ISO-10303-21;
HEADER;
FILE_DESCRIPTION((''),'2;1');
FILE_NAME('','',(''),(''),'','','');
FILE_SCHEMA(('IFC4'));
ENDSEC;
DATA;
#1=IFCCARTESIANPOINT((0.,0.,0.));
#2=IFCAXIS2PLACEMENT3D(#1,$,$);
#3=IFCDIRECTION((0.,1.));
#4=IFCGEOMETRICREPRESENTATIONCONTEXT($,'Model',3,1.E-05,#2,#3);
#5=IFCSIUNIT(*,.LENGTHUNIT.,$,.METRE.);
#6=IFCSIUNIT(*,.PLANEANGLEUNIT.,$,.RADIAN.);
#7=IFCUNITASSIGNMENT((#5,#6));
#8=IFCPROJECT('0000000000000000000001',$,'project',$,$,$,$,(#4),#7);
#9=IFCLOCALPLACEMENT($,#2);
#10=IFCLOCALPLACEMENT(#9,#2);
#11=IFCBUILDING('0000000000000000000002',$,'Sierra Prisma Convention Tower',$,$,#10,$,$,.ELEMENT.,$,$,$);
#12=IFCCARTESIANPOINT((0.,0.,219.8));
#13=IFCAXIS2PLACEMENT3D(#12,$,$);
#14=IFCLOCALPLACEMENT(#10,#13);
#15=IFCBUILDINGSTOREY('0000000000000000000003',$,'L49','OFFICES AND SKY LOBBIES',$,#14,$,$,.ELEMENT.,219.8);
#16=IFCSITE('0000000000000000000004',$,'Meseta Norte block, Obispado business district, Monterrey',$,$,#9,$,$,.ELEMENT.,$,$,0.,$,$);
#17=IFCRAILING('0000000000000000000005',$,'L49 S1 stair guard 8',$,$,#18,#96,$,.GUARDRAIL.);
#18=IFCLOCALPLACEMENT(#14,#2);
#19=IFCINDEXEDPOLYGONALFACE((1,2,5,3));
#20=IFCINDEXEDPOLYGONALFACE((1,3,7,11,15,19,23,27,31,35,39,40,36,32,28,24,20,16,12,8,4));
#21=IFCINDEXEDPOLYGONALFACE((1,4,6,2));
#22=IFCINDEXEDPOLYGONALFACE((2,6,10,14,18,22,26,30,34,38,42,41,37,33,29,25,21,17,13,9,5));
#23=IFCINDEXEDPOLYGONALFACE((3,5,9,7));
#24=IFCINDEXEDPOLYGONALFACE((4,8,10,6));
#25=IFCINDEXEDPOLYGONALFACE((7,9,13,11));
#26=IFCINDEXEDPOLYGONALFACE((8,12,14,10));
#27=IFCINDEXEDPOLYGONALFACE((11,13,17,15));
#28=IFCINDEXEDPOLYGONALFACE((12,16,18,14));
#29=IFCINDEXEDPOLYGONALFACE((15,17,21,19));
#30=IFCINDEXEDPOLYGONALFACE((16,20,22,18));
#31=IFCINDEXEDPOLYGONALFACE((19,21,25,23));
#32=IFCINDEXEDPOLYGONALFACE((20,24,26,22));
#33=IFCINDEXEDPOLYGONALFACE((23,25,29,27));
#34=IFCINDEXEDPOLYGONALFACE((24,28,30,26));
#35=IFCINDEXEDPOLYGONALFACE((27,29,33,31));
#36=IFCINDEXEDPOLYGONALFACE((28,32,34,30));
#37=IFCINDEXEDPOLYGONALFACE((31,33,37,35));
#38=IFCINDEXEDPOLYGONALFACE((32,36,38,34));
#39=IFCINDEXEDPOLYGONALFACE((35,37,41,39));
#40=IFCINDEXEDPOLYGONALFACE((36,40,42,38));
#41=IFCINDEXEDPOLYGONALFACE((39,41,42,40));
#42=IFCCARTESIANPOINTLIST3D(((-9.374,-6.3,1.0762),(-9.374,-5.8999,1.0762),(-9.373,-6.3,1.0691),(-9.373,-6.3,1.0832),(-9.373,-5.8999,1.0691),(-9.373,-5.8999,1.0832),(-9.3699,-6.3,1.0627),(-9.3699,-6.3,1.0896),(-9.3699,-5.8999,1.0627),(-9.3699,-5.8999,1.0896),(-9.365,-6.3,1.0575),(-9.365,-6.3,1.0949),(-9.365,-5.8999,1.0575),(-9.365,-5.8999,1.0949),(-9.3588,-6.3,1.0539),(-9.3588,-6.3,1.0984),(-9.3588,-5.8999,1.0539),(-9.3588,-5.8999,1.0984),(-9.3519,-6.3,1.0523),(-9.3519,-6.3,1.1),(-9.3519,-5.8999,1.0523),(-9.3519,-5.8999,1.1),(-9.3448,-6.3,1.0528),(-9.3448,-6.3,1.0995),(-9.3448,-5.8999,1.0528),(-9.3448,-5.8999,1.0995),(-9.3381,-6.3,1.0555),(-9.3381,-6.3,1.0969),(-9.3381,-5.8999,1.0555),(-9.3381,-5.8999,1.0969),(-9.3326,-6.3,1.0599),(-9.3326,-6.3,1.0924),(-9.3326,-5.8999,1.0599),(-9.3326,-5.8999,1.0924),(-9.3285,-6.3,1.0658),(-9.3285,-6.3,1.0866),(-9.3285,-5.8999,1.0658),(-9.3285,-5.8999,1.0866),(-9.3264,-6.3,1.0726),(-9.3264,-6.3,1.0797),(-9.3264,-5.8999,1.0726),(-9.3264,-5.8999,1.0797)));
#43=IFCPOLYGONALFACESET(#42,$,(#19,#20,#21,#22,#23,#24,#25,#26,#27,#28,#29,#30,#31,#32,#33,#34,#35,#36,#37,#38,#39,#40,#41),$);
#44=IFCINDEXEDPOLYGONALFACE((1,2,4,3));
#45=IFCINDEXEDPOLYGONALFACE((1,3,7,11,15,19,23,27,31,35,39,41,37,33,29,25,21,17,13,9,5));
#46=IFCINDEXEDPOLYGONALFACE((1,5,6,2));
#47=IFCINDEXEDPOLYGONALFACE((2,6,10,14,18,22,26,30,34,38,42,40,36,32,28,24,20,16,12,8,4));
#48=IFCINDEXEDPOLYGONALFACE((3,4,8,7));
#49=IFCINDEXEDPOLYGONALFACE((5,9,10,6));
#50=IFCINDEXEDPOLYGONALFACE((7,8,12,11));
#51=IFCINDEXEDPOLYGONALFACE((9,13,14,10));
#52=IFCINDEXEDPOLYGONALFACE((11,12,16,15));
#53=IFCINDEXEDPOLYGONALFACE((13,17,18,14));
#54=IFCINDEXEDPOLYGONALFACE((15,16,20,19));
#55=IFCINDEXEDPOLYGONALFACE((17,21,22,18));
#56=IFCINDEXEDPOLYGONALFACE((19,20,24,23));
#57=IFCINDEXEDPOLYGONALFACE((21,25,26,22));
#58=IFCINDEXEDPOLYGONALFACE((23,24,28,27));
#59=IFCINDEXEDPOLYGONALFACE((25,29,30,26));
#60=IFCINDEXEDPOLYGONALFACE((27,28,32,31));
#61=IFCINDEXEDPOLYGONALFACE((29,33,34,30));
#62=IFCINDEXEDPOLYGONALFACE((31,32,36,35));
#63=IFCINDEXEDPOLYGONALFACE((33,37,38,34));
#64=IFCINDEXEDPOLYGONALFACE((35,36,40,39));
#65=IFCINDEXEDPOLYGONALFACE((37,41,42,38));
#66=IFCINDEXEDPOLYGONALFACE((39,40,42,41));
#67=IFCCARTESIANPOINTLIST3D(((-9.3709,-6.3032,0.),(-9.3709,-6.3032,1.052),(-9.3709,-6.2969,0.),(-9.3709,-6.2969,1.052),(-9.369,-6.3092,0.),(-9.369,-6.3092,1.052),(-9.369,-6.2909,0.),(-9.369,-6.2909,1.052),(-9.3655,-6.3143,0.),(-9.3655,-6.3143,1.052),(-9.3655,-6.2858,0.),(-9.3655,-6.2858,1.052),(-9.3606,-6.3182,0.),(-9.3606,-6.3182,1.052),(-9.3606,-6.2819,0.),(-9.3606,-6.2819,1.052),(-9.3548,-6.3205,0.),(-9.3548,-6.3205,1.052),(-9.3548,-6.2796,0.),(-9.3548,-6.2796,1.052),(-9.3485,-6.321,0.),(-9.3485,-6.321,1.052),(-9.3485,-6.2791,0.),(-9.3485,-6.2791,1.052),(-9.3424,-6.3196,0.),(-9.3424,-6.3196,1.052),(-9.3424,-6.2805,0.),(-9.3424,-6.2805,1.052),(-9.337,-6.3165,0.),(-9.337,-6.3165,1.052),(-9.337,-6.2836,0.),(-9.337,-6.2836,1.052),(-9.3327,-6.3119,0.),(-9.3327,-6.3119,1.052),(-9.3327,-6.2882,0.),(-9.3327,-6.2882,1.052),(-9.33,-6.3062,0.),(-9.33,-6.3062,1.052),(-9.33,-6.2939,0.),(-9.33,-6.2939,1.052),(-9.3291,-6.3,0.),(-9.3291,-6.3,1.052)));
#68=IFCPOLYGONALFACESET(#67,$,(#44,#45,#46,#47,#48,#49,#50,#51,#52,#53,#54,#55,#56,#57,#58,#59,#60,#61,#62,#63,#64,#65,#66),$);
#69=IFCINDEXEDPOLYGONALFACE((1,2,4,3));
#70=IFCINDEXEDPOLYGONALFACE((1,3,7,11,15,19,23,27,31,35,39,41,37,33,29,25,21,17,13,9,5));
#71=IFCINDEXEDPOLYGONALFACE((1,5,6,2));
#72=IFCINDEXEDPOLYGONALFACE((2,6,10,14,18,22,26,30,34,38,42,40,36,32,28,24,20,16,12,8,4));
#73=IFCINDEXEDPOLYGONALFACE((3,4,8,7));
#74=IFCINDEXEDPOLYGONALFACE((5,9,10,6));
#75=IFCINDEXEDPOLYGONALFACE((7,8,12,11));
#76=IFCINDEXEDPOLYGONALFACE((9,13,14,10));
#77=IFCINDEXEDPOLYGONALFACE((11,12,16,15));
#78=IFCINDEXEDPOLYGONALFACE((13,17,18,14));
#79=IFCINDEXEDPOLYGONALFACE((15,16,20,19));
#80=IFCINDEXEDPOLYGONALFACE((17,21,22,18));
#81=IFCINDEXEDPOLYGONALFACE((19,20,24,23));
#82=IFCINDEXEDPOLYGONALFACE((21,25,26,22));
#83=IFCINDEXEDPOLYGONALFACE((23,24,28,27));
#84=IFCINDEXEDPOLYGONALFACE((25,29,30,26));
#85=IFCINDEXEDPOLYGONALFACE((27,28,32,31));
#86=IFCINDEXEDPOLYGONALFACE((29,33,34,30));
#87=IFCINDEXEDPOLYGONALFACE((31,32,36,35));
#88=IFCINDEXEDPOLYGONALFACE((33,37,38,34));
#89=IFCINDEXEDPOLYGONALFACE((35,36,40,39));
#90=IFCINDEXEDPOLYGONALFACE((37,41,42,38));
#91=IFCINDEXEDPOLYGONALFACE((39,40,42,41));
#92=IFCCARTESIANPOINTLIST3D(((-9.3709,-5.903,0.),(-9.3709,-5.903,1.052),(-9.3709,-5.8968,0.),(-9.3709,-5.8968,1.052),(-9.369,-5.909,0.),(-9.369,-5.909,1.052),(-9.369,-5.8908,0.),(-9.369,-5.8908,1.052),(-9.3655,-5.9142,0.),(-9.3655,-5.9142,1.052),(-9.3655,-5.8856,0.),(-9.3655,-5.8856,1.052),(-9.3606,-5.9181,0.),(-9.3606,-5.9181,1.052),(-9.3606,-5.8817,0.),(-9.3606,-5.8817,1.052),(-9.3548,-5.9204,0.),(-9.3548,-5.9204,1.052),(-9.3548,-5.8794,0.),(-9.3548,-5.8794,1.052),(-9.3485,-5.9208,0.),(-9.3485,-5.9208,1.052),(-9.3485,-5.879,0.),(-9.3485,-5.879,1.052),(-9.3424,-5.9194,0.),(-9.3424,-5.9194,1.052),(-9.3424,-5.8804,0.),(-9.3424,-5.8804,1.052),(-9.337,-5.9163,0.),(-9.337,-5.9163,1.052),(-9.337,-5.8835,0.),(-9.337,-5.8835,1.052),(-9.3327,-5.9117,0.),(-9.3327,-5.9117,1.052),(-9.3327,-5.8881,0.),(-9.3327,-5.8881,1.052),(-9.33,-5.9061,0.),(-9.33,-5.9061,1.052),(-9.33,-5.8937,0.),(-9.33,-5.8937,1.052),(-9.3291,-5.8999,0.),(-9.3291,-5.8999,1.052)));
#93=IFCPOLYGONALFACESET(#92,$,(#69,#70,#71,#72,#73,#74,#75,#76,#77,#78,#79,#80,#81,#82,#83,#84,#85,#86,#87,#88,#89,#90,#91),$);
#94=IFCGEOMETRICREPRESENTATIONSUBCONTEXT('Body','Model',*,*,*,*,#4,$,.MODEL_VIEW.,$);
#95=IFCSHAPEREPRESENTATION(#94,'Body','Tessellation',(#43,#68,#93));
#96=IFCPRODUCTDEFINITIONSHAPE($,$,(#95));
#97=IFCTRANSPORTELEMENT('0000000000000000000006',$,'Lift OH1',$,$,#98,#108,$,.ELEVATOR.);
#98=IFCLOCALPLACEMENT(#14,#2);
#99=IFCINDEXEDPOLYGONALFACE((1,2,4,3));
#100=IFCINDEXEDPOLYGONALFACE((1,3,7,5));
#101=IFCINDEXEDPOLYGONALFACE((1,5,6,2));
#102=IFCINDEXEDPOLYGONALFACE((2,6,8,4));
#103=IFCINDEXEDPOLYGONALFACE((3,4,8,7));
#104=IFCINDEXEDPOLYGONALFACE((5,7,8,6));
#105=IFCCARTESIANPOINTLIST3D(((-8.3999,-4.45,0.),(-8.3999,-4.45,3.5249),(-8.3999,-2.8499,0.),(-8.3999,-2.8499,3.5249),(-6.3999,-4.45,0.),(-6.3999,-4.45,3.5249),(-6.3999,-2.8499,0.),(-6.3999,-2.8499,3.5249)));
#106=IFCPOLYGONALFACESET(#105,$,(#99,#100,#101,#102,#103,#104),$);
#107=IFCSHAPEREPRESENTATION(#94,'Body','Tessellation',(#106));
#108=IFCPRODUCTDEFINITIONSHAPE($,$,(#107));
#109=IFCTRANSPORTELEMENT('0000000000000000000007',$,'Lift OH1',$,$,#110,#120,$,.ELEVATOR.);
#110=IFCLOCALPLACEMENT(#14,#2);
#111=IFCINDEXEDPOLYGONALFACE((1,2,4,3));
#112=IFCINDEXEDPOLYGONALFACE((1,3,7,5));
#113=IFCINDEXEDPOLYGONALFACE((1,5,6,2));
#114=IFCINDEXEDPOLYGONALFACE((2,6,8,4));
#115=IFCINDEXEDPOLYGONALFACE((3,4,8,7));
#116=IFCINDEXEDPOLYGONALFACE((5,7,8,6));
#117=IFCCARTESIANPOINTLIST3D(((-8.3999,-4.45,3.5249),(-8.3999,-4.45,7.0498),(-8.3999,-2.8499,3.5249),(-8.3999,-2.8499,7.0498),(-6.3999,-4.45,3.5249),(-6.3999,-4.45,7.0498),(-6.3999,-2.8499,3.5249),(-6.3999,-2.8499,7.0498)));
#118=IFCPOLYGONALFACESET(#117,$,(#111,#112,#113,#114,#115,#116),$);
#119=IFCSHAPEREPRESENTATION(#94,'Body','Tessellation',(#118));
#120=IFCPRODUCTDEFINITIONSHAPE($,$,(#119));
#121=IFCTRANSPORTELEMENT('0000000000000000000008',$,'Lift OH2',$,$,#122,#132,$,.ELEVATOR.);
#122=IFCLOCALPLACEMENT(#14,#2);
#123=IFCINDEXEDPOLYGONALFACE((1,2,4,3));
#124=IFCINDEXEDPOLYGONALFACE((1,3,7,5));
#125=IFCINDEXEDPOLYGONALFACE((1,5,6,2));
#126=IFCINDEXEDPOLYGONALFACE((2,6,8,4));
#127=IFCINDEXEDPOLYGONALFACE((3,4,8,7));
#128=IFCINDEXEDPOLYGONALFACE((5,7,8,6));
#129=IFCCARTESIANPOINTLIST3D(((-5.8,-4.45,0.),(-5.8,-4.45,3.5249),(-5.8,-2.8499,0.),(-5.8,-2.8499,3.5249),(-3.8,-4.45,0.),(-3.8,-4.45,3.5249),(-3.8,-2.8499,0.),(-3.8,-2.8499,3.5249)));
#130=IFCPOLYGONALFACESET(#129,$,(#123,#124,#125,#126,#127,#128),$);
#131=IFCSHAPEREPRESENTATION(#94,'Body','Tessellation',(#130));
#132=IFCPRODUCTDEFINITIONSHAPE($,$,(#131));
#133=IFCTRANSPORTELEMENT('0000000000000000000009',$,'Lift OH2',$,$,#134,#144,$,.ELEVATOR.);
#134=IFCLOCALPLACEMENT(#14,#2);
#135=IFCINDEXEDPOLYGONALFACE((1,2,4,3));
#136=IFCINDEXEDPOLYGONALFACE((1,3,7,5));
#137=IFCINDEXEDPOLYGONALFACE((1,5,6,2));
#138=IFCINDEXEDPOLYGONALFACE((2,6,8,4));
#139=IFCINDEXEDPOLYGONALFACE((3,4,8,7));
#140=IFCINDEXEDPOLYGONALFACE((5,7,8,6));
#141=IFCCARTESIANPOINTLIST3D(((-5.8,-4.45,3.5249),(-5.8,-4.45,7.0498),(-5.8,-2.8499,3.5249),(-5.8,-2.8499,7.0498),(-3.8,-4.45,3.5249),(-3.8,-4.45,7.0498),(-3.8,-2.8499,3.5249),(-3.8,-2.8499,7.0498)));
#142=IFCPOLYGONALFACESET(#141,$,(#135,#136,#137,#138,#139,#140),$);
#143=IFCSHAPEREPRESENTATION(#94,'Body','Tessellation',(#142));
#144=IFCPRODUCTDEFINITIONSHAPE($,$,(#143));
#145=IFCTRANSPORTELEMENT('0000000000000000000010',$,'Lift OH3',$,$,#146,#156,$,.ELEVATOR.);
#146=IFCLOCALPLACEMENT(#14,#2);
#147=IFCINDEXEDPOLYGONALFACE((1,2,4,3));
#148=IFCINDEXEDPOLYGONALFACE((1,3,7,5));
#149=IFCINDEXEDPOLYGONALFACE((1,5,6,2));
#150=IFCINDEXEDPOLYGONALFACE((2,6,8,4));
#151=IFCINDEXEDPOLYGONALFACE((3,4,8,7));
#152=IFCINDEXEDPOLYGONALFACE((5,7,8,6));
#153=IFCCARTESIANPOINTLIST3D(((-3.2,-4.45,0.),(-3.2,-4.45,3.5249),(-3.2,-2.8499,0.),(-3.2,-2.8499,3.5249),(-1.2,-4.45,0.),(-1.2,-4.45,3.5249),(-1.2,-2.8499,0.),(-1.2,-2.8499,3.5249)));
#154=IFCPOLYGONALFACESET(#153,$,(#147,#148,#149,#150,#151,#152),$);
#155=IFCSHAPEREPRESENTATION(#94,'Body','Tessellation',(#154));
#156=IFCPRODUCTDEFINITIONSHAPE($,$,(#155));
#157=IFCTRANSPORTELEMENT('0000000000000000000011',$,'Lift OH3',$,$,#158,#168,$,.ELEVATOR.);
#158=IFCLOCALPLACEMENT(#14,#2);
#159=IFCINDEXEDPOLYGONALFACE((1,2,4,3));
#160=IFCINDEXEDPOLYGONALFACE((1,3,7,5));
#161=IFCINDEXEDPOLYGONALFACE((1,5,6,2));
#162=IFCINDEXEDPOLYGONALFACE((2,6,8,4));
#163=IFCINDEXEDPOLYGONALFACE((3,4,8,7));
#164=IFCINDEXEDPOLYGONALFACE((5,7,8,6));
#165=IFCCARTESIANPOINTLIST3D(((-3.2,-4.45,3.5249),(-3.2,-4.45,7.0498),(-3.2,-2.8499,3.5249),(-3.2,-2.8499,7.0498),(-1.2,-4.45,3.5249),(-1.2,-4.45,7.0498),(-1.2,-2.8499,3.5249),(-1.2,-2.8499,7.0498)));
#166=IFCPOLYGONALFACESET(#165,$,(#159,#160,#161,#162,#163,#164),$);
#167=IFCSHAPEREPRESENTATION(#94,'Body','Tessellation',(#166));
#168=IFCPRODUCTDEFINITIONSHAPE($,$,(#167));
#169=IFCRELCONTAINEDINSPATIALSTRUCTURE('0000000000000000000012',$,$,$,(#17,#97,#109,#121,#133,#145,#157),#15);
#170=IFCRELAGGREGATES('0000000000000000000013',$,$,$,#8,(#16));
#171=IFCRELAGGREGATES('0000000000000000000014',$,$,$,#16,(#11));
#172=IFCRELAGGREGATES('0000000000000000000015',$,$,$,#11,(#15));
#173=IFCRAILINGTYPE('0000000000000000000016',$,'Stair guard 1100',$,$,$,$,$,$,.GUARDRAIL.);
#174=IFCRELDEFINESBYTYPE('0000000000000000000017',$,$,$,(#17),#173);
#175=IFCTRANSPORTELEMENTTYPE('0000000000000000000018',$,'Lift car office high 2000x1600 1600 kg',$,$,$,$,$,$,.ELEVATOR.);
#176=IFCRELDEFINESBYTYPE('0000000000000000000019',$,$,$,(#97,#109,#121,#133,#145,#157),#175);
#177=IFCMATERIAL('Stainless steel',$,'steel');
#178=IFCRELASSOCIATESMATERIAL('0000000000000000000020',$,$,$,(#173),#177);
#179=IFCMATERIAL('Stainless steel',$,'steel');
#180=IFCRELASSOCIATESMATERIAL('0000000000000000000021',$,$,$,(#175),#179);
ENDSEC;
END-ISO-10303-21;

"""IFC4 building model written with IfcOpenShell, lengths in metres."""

from ifc_helpers import new_model, si_unit, direction, frame, origin, origin_2d, place, context, subcontext, project, spatial, rectangle, circle, extrude, material, type_object, element, save


model = new_model("IFC4")

# Units and contexts
model_context = context("Model", 3, precision=1e-05, world=origin(), true_north=direction((0.0, 1.0)))
body_context = subcontext(model_context, "Body", "Model", "MODEL_VIEW")
ifc_project = project(units=[si_unit("LENGTHUNIT", "METRE"), si_unit("PLANEANGLEUNIT", "RADIAN")], contexts=[model_context])

# Site, building, storey
site_placement = place(None, origin())
site = spatial("IfcSite", under=ifc_project, at=site_placement, Name="Meseta Norte block, Obispado business district, Monterrey", CompositionType="ELEMENT", RefElevation=0.0)
building_placement = place(site_placement, origin())
building = spatial("IfcBuilding", under=site, at=building_placement, Name="Sierra Prisma Convention Tower", CompositionType="ELEMENT")
storey_placement = place(building_placement, frame((0.0, 0.0, 219.8)))
storey = spatial("IfcBuildingStorey", under=building, at=storey_placement, Name="L49", Description="OFFICES AND SKY LOBBIES", CompositionType="ELEMENT", Elevation=219.8)

# Railing
ifc_material_1 = material(Name="Stainless steel", Category="steel")
railing_type_1 = type_object("IfcRailingType", Name="Stair guard 1100", PredefinedType="GUARDRAIL", material=ifc_material_1)
railing_1_placement = place(storey_placement, frame((-9.3501, -6.3, 0.0)))
element("IfcRailing", 1, at=railing_1_placement, inside=storey, type_object=railing_type_1, Name="L49 S1 stair guard 8", PredefinedType="GUARDRAIL", context=body_context, shape_type="SweptSolid", body=[
    extrude(circle(Radius=0.0239, at=origin_2d()), frame((0.0, 0.0, 1.0762), z_axis=(0.0, 1.0, 0.0), x_axis=(-1.0, 0.0, 0.0)), (0.0, 0.0, 1.0), 0.4001),
    extrude(circle(Radius=0.021, at=origin_2d()), origin(), (0.0, 0.0, 1.0), 1.052),
    extrude(circle(Radius=0.021, at=origin_2d()), frame((0.0, 0.4001, 0.0)), (0.0, 0.0, 1.0), 1.052),
])

# Transport elements
ifc_material_2 = material(Name="Stainless steel", Category="steel")
transport_element_type = type_object("IfcTransportElementType", Name="Lift car office high 2000x1600 1600 kg", PredefinedType="ELEVATOR", material=ifc_material_2)
for number, where, z_axis, x_axis, name in (
    (2, (-7.3999, -3.6499, 0.0), (0.0, 0.0, 1.0), (1.0, 0.0, 0.0), "Lift OH1"),
    (3, (-7.3999, -3.6499, 3.5249), (0.0, 0.0, 1.0), (1.0, 0.0, 0.0), "Lift OH1"),
    (4, (-4.8, -3.6499, 0.0), (0.0, 0.0, 1.0), (1.0, 0.0, 0.0), "Lift OH2"),
    (5, (-4.8, -3.6499, 3.5249), (0.0, 0.0, 1.0), (1.0, 0.0, 0.0), "Lift OH2"),
    (6, (-2.2, -3.6499, 0.0), (0.0, 0.0, 1.0), (1.0, 0.0, 0.0), "Lift OH3"),
    (7, (-2.2, -3.6499, 3.5249), (0.0, 0.0, 1.0), (1.0, 0.0, 0.0), "Lift OH3"),
):
    element("IfcTransportElement", number, at=place(storey_placement, frame(where, z_axis=z_axis, x_axis=x_axis)), inside=storey, type_object=transport_element_type, Name=name, PredefinedType="ELEVATOR", context=body_context, shape_type="SweptSolid", body=[
        extrude(rectangle(XDim=2.0, YDim=1.6001, at=origin_2d()), origin(), (0.0, 0.0, 1.0), 3.5249),
    ])

save(model, "model.ifc")
